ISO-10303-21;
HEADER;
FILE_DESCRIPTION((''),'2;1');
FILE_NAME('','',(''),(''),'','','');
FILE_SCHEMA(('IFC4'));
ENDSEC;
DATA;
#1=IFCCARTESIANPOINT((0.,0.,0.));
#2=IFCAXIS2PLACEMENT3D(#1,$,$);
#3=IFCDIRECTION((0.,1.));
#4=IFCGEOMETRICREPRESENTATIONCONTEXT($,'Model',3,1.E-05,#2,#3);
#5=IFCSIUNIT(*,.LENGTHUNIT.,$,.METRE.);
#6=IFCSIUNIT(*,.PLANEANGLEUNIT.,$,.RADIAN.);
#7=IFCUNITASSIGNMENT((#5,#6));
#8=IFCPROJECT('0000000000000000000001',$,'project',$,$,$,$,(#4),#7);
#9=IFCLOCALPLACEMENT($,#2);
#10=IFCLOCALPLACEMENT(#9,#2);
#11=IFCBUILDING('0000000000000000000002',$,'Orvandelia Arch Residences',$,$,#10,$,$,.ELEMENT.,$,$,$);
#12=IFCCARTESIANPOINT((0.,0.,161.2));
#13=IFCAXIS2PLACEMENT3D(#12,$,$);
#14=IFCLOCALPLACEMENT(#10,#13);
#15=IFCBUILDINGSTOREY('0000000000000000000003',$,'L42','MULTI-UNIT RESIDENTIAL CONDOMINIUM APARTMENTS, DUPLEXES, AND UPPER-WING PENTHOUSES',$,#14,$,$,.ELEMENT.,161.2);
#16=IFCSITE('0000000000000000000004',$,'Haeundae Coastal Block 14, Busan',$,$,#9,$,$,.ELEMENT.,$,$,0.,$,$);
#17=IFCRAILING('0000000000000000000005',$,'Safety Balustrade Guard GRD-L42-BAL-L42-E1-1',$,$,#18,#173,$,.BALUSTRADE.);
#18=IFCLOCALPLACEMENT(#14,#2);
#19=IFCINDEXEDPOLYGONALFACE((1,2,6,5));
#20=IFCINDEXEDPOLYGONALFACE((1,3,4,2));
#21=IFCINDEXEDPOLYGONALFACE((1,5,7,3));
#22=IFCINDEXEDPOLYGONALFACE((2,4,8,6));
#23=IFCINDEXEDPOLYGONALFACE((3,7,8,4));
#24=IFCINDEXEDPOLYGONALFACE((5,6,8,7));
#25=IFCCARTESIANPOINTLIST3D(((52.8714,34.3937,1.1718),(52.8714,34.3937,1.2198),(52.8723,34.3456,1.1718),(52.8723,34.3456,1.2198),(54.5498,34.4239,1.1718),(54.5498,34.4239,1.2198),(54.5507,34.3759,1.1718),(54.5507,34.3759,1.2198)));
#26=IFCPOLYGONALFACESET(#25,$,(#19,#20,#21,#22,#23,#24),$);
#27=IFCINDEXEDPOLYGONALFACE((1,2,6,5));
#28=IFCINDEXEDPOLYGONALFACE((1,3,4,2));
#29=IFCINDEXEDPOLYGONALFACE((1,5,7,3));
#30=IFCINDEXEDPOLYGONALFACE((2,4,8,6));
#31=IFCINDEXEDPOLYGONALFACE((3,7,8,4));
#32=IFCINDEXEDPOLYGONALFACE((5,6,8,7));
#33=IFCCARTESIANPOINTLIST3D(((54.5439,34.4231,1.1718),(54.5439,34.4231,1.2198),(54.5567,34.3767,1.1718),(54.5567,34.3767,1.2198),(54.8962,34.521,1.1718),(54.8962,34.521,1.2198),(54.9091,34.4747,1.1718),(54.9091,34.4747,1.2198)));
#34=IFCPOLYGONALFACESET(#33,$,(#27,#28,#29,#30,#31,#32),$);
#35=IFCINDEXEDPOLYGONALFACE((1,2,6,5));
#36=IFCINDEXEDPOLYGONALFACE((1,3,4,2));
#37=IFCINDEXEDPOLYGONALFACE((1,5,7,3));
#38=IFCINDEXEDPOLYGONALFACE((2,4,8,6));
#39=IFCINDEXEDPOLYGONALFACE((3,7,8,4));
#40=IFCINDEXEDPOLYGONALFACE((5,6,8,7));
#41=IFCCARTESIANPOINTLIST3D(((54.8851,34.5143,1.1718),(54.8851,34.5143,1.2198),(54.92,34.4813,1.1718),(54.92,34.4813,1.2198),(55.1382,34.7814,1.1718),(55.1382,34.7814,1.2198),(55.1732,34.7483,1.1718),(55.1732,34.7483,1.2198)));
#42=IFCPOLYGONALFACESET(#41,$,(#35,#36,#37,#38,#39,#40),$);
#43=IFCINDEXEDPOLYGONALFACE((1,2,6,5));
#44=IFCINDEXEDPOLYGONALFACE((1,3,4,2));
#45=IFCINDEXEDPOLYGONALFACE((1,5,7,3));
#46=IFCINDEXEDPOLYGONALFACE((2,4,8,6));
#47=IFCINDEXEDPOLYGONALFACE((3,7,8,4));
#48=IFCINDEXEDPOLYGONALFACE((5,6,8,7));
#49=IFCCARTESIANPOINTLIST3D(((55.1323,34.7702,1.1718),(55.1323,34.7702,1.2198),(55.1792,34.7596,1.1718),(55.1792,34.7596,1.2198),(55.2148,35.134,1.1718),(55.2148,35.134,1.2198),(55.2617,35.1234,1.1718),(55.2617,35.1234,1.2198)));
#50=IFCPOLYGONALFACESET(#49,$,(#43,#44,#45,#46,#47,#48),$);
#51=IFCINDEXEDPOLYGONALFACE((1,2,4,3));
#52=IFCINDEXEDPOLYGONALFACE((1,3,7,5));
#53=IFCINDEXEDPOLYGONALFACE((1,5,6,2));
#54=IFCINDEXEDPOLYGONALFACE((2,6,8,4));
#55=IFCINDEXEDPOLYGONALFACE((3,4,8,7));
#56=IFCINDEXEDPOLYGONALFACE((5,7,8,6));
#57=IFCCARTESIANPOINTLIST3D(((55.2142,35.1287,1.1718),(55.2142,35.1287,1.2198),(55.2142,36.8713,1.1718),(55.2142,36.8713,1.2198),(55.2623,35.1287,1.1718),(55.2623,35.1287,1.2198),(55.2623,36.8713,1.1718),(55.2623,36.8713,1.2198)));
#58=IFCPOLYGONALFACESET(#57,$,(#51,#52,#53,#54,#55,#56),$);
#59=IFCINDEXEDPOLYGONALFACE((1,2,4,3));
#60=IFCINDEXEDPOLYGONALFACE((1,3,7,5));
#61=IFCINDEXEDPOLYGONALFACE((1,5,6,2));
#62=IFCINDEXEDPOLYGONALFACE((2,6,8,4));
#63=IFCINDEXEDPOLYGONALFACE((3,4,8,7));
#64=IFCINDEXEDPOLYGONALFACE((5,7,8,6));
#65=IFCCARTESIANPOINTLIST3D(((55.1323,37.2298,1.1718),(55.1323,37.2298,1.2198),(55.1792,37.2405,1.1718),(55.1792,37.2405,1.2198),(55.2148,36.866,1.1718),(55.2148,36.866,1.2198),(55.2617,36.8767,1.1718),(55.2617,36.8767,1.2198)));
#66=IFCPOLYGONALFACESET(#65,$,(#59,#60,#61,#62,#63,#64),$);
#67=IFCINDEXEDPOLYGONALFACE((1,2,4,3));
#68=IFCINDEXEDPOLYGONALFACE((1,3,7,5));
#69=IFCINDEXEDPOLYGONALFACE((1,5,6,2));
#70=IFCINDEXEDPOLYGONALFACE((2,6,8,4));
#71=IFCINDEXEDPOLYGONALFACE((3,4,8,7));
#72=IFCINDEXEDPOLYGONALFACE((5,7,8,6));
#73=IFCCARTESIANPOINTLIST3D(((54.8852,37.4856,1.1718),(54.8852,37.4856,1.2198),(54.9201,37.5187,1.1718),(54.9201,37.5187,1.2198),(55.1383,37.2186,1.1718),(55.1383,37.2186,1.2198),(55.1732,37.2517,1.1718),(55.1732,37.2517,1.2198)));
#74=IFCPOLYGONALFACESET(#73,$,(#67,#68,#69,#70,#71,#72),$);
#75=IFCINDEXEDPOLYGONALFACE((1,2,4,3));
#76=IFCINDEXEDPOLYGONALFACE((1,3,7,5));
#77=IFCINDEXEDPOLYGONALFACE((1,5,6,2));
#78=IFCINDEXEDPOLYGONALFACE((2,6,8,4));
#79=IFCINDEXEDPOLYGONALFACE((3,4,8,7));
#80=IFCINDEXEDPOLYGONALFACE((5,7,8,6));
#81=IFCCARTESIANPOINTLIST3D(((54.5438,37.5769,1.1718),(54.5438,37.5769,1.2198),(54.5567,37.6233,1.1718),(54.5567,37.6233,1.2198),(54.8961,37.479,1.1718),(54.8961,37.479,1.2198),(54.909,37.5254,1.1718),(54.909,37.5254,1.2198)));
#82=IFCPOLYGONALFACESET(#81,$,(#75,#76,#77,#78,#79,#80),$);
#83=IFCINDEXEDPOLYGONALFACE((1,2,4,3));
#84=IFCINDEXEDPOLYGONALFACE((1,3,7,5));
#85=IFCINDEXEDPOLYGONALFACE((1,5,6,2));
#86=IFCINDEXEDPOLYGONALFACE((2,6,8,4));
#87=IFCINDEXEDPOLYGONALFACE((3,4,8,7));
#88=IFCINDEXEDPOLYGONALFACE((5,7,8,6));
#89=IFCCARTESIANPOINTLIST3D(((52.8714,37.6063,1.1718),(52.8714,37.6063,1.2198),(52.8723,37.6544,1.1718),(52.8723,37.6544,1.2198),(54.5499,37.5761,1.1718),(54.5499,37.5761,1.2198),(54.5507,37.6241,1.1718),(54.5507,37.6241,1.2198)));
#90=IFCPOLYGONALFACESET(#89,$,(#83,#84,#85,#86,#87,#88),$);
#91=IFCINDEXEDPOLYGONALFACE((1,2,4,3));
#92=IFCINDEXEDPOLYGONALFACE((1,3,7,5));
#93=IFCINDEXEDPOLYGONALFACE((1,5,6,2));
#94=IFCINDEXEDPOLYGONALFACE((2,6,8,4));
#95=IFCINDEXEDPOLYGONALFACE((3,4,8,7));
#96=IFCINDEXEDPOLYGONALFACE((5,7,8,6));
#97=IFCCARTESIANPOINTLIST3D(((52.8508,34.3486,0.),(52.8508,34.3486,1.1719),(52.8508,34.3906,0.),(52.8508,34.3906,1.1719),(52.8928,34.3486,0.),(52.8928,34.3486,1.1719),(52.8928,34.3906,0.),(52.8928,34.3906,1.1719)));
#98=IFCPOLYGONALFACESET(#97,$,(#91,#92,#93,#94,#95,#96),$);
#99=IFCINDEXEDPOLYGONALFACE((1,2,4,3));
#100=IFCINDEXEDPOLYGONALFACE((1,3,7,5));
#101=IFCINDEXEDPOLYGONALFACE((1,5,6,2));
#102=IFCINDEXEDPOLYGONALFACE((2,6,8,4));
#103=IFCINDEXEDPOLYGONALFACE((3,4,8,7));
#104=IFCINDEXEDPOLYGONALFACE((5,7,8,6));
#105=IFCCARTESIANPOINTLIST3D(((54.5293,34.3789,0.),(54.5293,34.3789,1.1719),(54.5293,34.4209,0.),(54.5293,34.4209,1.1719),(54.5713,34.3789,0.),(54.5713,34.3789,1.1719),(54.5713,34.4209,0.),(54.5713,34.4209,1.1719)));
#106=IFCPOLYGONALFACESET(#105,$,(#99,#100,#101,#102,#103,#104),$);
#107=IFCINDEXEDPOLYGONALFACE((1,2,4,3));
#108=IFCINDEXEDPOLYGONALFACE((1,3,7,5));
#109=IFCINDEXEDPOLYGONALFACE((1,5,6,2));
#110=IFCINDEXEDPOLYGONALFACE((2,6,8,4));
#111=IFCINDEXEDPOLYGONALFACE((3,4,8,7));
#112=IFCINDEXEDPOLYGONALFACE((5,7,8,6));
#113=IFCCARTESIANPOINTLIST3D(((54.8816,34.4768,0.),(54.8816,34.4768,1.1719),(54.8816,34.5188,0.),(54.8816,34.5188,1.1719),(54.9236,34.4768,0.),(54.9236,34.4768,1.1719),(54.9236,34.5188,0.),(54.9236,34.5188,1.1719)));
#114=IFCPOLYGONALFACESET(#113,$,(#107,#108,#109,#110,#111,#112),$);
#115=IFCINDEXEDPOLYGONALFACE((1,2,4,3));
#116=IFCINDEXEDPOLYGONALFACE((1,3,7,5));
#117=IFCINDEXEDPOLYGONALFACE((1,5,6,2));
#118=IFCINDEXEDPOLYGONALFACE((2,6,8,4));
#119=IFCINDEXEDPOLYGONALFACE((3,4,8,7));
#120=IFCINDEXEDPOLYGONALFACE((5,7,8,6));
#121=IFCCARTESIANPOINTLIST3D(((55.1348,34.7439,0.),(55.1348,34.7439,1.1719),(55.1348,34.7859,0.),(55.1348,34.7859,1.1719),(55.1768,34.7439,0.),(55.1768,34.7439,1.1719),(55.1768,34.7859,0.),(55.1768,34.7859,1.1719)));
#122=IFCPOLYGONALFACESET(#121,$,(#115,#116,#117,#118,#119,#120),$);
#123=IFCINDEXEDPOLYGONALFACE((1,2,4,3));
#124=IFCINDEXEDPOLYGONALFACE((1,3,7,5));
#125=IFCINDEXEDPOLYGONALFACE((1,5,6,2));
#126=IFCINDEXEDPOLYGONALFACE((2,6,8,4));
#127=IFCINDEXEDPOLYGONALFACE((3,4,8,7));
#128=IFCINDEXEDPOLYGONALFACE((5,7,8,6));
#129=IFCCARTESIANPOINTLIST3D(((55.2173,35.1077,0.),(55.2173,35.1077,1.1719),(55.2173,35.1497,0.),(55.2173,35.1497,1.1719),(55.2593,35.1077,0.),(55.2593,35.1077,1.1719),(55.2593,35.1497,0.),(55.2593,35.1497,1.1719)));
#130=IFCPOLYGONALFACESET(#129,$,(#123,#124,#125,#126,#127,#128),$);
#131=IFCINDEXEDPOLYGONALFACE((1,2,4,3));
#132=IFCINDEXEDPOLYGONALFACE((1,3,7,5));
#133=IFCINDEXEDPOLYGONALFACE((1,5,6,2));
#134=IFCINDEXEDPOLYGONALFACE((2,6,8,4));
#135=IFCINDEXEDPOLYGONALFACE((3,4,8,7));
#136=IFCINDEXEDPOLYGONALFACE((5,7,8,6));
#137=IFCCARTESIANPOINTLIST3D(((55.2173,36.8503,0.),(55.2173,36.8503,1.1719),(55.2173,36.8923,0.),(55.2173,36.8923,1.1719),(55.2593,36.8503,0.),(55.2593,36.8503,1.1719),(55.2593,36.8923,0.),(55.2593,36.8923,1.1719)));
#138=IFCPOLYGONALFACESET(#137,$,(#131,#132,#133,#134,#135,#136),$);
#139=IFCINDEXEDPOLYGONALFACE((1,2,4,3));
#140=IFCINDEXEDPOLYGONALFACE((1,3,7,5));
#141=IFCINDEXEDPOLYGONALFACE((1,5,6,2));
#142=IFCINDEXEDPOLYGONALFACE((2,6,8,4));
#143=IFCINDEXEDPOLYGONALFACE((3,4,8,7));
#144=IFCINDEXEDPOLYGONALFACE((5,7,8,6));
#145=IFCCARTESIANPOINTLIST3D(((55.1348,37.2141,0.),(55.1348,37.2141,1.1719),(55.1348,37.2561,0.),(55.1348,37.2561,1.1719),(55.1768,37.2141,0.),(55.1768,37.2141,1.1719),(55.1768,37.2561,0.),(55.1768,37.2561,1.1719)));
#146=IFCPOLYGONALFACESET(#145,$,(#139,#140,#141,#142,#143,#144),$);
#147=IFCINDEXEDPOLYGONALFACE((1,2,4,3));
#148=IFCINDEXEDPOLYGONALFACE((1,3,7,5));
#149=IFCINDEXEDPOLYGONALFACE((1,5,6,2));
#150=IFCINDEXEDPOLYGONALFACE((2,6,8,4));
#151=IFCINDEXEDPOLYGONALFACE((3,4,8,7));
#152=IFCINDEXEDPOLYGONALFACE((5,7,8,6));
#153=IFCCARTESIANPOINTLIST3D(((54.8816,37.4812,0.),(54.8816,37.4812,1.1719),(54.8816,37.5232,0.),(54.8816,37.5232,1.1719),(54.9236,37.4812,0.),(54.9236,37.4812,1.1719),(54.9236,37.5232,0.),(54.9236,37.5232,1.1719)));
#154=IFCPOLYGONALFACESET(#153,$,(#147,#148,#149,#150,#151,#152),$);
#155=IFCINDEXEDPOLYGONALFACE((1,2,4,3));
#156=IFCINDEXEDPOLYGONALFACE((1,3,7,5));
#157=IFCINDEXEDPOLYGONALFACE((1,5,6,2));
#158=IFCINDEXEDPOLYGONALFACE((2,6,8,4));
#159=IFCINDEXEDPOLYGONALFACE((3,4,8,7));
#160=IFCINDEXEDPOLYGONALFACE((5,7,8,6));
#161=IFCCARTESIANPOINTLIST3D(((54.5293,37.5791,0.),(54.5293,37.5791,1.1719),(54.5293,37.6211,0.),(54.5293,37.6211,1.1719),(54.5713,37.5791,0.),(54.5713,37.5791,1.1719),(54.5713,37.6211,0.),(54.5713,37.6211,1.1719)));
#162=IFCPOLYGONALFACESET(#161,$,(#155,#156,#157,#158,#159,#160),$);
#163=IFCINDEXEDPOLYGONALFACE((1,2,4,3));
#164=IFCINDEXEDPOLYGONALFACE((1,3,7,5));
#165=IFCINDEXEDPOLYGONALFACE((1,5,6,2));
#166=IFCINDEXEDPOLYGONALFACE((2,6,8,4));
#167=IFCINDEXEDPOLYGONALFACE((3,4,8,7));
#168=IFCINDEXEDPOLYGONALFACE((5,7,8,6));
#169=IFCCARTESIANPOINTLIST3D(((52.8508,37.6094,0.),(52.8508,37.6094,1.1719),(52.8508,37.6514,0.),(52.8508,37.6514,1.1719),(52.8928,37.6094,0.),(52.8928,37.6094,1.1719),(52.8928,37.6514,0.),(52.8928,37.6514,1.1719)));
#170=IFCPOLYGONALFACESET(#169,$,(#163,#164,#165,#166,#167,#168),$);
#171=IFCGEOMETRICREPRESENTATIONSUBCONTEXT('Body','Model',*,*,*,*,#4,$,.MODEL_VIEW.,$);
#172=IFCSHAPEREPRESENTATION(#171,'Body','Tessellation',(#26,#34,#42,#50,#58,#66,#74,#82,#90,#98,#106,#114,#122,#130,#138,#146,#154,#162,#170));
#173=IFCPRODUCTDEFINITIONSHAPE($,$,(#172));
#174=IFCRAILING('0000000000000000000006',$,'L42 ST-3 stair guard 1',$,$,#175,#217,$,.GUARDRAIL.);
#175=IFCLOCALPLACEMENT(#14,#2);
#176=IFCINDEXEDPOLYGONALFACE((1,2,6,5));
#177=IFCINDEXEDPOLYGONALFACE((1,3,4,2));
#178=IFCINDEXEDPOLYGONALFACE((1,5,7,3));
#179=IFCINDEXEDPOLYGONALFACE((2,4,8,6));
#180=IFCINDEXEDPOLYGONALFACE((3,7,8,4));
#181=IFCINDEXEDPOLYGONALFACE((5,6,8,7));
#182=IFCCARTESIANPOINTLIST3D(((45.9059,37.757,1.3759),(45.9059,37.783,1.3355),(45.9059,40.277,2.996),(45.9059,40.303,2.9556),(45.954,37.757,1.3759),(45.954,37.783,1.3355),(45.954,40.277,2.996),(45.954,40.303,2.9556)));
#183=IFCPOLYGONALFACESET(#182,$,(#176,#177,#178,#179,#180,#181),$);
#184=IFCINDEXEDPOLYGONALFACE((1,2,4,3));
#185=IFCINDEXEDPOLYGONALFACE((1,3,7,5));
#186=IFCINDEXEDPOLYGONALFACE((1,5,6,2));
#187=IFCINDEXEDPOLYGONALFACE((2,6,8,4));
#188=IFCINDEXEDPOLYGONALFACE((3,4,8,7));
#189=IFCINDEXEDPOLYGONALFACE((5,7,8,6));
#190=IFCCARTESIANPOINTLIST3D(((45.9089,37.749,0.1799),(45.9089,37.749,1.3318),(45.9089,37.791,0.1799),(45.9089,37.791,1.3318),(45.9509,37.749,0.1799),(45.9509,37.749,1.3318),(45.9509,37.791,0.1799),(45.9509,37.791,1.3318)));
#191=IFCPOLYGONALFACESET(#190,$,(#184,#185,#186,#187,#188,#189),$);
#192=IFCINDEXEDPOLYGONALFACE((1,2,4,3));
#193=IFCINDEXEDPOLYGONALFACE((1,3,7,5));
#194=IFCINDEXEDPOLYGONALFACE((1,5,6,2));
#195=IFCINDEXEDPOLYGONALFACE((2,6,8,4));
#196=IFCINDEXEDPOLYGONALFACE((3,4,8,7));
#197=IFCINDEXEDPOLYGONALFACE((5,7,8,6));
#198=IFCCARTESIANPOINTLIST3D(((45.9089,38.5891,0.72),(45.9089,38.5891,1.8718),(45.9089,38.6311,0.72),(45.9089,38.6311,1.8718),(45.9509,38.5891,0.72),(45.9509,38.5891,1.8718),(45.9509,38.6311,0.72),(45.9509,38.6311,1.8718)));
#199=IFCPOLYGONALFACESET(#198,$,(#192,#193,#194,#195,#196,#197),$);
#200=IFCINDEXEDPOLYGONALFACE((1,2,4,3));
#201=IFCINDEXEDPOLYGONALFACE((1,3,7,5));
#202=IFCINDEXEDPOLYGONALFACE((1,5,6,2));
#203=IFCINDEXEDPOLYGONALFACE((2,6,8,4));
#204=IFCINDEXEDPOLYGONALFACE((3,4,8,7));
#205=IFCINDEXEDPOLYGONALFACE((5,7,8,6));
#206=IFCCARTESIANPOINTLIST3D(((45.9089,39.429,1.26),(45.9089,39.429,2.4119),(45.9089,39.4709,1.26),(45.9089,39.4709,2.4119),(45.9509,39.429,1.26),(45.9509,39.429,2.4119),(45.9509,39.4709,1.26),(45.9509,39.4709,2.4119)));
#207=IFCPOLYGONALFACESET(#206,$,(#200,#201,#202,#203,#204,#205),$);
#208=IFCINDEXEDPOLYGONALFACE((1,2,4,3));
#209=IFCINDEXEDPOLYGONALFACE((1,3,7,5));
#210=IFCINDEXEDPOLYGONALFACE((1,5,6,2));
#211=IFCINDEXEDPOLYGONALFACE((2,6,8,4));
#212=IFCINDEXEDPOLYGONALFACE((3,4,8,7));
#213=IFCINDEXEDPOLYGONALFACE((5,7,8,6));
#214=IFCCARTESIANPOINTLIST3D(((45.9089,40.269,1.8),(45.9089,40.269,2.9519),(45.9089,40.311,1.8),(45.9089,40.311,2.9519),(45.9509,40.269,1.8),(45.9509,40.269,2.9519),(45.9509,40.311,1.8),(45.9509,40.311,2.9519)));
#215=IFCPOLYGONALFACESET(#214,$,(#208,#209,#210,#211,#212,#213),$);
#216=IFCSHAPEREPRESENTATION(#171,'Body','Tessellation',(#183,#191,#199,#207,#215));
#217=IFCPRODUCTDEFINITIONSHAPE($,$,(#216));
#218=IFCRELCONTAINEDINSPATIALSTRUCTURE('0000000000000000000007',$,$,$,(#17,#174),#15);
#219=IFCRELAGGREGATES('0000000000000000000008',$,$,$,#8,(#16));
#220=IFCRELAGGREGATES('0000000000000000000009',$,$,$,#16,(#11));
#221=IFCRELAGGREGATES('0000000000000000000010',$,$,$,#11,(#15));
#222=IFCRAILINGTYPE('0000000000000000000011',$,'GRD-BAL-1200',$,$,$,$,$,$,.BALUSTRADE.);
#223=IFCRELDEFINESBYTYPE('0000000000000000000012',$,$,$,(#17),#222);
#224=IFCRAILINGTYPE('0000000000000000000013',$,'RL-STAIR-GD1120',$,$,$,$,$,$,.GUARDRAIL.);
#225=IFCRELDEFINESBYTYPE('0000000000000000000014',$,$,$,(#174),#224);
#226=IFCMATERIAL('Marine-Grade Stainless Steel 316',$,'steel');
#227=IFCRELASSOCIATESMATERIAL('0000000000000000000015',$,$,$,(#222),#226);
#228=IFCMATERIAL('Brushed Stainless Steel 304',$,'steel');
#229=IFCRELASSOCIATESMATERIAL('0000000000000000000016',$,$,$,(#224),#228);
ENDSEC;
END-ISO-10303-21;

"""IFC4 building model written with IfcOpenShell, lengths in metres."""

from ifc_helpers import new_model, si_unit, direction, frame, origin, origin_2d, place, context, subcontext, project, spatial, rectangle, extrude, material, type_object, element, save


model = new_model("IFC4")

# Units and contexts
model_context = context("Model", 3, precision=1e-05, world=origin(), true_north=direction((0.0, 1.0)))
body_context = subcontext(model_context, "Body", "Model", "MODEL_VIEW")
ifc_project = project(units=[si_unit("LENGTHUNIT", "METRE"), si_unit("PLANEANGLEUNIT", "RADIAN")], contexts=[model_context])

# Site, building, storey
site_placement = place(None, origin())
site = spatial("IfcSite", under=ifc_project, at=site_placement, Name="Haeundae Coastal Block 14, Busan", CompositionType="ELEMENT", RefElevation=0.0)
building_placement = place(site_placement, origin())
building = spatial("IfcBuilding", under=site, at=building_placement, Name="Orvandelia Arch Residences", CompositionType="ELEMENT")
storey_placement = place(building_placement, frame((0.0, 0.0, 161.2)))
storey = spatial("IfcBuildingStorey", under=building, at=storey_placement, Name="L42", Description="MULTI-UNIT RESIDENTIAL CONDOMINIUM APARTMENTS, DUPLEXES, AND UPPER-WING PENTHOUSES", CompositionType="ELEMENT", Elevation=161.2)

# Railings
ifc_material_1 = material(Name="Marine-Grade Stainless Steel 316", Category="steel")
railing_type_1 = type_object("IfcRailingType", Name="GRD-BAL-1200", PredefinedType="BALUSTRADE", material=ifc_material_1)
railing_1_placement = place(storey_placement, frame((52.8718, 34.3696, 0.0)))
element("IfcRailing", 1, at=railing_1_placement, inside=storey, type_object=railing_type_1, Name="Safety Balustrade Guard GRD-L42-BAL-L42-E1-1", PredefinedType="BALUSTRADE", context=body_context, shape_type="SweptSolid", body=[
    extrude(rectangle(XDim=0.0481, YDim=0.0481, at=origin_2d()), frame((0.0, 0.0, 1.1958), z_axis=(0.999837, 0.018033, 0.0), x_axis=(-0.018033, 0.999837, 0.0)), (0.0, 0.0, 1.0), 1.6787),
    extrude(rectangle(XDim=0.0481, YDim=0.0481, at=origin_2d()), frame((1.6785, 0.0303, 1.1958), z_axis=(0.963489, 0.267747, 0.0), x_axis=(-0.267747, 0.963489, 0.0)), (0.0, 0.0, 1.0), 0.3657),
    extrude(rectangle(XDim=0.0481, YDim=0.0481, at=origin_2d()), frame((2.0308, 0.1282, 1.1958), z_axis=(0.687947, 0.725761, 0.0), x_axis=(-0.725761, 0.687947, 0.0)), (0.0, 0.0, 1.0), 0.3679),
    extrude(rectangle(XDim=0.0481, YDim=0.0481, at=origin_2d()), frame((2.2839, 0.3953, 1.1958), z_axis=(0.221225, 0.975223, 0.0), x_axis=(-0.975223, 0.221225, 0.0)), (0.0, 0.0, 1.0), 0.373),
    extrude(rectangle(XDim=0.0481, YDim=0.0481, at=origin_2d()), frame((2.3665, 0.759, 1.1958), z_axis=(0.0, 1.0, 0.0), x_axis=(-1.0, 0.0, 0.0)), (0.0, 0.0, 1.0), 1.7427),
    extrude(rectangle(XDim=0.0481, YDim=0.0481, at=origin_2d()), frame((2.3665, 2.5017, 1.1958), z_axis=(-0.221225, 0.975223, 0.0), x_axis=(-0.975223, -0.221225, 0.0)), (0.0, 0.0, 1.0), 0.373),
    extrude(rectangle(XDim=0.0481, YDim=0.0481, at=origin_2d()), frame((2.2839, 2.8655, 1.1958), z_axis=(-0.687947, 0.725761, 0.0), x_axis=(-0.725761, -0.687947, 0.0)), (0.0, 0.0, 1.0), 0.3679),
    extrude(rectangle(XDim=0.0481, YDim=0.0481, at=origin_2d()), frame((2.0308, 3.1326, 1.1958), z_axis=(-0.963489, 0.267747, 0.0), x_axis=(-0.267747, -0.963489, 0.0)), (0.0, 0.0, 1.0), 0.3657),
    extrude(rectangle(XDim=0.0481, YDim=0.0481, at=origin_2d()), frame((1.6785, 3.2305, 1.1958), z_axis=(-0.999837, 0.018033, 0.0), x_axis=(-0.018033, -0.999837, 0.0)), (0.0, 0.0, 1.0), 1.6787),
    extrude(rectangle(XDim=0.042, YDim=0.042, at=origin_2d()), origin(), (0.0, 0.0, 1.0), 1.1719),
    extrude(rectangle(XDim=0.042, YDim=0.042, at=origin_2d()), frame((1.6785, 0.0303, 0.0)), (0.0, 0.0, 1.0), 1.1719),
    extrude(rectangle(XDim=0.042, YDim=0.042, at=origin_2d()), frame((2.0308, 0.1282, 0.0)), (0.0, 0.0, 1.0), 1.1719),
    extrude(rectangle(XDim=0.042, YDim=0.042, at=origin_2d()), frame((2.2839, 0.3953, 0.0)), (0.0, 0.0, 1.0), 1.1719),
    extrude(rectangle(XDim=0.042, YDim=0.042, at=origin_2d()), frame((2.3665, 0.759, 0.0)), (0.0, 0.0, 1.0), 1.1719),
    extrude(rectangle(XDim=0.042, YDim=0.042, at=origin_2d()), frame((2.3665, 2.5017, 0.0)), (0.0, 0.0, 1.0), 1.1719),
    extrude(rectangle(XDim=0.042, YDim=0.042, at=origin_2d()), frame((2.2839, 2.8655, 0.0)), (0.0, 0.0, 1.0), 1.1719),
    extrude(rectangle(XDim=0.042, YDim=0.042, at=origin_2d()), frame((2.0308, 3.1326, 0.0)), (0.0, 0.0, 1.0), 1.1719),
    extrude(rectangle(XDim=0.042, YDim=0.042, at=origin_2d()), frame((1.6785, 3.2305, 0.0)), (0.0, 0.0, 1.0), 1.1719),
    extrude(rectangle(XDim=0.042, YDim=0.042, at=origin_2d()), frame((0.0, 3.2607, 0.0)), (0.0, 0.0, 1.0), 1.1719),
])
ifc_material_2 = material(Name="Brushed Stainless Steel 304", Category="steel")
railing_type_2 = type_object("IfcRailingType", Name="RL-STAIR-GD1120", PredefinedType="GUARDRAIL", material=ifc_material_2)
railing_2_placement = place(storey_placement, frame((45.9299, 37.77, 0.1799)))
element("IfcRailing", 2, at=railing_2_placement, inside=storey, type_object=railing_type_2, Name="L42 ST-3 stair guard 1", PredefinedType="GUARDRAIL", context=body_context, shape_type="SweptSolid", body=[
    extrude(rectangle(XDim=0.0481, YDim=0.0481, at=origin_2d()), frame((0.0, 0.0, 1.1758), z_axis=(0.0, 0.841163, 0.540782), x_axis=(-1.0, 0.0, 0.0)), (0.0, 0.0, 1.0), 2.9958),
    extrude(rectangle(XDim=0.042, YDim=0.042, at=origin_2d()), origin(), (0.0, 0.0, 1.0), 1.1519),
    extrude(rectangle(XDim=0.042, YDim=0.042, at=origin_2d()), frame((0.0, 0.8401, 0.54)), (0.0, 0.0, 1.0), 1.1519),
    extrude(rectangle(XDim=0.042, YDim=0.042, at=origin_2d()), frame((0.0, 1.6799, 1.0801)), (0.0, 0.0, 1.0), 1.1519),
    extrude(rectangle(XDim=0.042, YDim=0.042, at=origin_2d()), frame((0.0, 2.52, 1.6201)), (0.0, 0.0, 1.0), 1.1519),
])

save(model, "model.ifc")
